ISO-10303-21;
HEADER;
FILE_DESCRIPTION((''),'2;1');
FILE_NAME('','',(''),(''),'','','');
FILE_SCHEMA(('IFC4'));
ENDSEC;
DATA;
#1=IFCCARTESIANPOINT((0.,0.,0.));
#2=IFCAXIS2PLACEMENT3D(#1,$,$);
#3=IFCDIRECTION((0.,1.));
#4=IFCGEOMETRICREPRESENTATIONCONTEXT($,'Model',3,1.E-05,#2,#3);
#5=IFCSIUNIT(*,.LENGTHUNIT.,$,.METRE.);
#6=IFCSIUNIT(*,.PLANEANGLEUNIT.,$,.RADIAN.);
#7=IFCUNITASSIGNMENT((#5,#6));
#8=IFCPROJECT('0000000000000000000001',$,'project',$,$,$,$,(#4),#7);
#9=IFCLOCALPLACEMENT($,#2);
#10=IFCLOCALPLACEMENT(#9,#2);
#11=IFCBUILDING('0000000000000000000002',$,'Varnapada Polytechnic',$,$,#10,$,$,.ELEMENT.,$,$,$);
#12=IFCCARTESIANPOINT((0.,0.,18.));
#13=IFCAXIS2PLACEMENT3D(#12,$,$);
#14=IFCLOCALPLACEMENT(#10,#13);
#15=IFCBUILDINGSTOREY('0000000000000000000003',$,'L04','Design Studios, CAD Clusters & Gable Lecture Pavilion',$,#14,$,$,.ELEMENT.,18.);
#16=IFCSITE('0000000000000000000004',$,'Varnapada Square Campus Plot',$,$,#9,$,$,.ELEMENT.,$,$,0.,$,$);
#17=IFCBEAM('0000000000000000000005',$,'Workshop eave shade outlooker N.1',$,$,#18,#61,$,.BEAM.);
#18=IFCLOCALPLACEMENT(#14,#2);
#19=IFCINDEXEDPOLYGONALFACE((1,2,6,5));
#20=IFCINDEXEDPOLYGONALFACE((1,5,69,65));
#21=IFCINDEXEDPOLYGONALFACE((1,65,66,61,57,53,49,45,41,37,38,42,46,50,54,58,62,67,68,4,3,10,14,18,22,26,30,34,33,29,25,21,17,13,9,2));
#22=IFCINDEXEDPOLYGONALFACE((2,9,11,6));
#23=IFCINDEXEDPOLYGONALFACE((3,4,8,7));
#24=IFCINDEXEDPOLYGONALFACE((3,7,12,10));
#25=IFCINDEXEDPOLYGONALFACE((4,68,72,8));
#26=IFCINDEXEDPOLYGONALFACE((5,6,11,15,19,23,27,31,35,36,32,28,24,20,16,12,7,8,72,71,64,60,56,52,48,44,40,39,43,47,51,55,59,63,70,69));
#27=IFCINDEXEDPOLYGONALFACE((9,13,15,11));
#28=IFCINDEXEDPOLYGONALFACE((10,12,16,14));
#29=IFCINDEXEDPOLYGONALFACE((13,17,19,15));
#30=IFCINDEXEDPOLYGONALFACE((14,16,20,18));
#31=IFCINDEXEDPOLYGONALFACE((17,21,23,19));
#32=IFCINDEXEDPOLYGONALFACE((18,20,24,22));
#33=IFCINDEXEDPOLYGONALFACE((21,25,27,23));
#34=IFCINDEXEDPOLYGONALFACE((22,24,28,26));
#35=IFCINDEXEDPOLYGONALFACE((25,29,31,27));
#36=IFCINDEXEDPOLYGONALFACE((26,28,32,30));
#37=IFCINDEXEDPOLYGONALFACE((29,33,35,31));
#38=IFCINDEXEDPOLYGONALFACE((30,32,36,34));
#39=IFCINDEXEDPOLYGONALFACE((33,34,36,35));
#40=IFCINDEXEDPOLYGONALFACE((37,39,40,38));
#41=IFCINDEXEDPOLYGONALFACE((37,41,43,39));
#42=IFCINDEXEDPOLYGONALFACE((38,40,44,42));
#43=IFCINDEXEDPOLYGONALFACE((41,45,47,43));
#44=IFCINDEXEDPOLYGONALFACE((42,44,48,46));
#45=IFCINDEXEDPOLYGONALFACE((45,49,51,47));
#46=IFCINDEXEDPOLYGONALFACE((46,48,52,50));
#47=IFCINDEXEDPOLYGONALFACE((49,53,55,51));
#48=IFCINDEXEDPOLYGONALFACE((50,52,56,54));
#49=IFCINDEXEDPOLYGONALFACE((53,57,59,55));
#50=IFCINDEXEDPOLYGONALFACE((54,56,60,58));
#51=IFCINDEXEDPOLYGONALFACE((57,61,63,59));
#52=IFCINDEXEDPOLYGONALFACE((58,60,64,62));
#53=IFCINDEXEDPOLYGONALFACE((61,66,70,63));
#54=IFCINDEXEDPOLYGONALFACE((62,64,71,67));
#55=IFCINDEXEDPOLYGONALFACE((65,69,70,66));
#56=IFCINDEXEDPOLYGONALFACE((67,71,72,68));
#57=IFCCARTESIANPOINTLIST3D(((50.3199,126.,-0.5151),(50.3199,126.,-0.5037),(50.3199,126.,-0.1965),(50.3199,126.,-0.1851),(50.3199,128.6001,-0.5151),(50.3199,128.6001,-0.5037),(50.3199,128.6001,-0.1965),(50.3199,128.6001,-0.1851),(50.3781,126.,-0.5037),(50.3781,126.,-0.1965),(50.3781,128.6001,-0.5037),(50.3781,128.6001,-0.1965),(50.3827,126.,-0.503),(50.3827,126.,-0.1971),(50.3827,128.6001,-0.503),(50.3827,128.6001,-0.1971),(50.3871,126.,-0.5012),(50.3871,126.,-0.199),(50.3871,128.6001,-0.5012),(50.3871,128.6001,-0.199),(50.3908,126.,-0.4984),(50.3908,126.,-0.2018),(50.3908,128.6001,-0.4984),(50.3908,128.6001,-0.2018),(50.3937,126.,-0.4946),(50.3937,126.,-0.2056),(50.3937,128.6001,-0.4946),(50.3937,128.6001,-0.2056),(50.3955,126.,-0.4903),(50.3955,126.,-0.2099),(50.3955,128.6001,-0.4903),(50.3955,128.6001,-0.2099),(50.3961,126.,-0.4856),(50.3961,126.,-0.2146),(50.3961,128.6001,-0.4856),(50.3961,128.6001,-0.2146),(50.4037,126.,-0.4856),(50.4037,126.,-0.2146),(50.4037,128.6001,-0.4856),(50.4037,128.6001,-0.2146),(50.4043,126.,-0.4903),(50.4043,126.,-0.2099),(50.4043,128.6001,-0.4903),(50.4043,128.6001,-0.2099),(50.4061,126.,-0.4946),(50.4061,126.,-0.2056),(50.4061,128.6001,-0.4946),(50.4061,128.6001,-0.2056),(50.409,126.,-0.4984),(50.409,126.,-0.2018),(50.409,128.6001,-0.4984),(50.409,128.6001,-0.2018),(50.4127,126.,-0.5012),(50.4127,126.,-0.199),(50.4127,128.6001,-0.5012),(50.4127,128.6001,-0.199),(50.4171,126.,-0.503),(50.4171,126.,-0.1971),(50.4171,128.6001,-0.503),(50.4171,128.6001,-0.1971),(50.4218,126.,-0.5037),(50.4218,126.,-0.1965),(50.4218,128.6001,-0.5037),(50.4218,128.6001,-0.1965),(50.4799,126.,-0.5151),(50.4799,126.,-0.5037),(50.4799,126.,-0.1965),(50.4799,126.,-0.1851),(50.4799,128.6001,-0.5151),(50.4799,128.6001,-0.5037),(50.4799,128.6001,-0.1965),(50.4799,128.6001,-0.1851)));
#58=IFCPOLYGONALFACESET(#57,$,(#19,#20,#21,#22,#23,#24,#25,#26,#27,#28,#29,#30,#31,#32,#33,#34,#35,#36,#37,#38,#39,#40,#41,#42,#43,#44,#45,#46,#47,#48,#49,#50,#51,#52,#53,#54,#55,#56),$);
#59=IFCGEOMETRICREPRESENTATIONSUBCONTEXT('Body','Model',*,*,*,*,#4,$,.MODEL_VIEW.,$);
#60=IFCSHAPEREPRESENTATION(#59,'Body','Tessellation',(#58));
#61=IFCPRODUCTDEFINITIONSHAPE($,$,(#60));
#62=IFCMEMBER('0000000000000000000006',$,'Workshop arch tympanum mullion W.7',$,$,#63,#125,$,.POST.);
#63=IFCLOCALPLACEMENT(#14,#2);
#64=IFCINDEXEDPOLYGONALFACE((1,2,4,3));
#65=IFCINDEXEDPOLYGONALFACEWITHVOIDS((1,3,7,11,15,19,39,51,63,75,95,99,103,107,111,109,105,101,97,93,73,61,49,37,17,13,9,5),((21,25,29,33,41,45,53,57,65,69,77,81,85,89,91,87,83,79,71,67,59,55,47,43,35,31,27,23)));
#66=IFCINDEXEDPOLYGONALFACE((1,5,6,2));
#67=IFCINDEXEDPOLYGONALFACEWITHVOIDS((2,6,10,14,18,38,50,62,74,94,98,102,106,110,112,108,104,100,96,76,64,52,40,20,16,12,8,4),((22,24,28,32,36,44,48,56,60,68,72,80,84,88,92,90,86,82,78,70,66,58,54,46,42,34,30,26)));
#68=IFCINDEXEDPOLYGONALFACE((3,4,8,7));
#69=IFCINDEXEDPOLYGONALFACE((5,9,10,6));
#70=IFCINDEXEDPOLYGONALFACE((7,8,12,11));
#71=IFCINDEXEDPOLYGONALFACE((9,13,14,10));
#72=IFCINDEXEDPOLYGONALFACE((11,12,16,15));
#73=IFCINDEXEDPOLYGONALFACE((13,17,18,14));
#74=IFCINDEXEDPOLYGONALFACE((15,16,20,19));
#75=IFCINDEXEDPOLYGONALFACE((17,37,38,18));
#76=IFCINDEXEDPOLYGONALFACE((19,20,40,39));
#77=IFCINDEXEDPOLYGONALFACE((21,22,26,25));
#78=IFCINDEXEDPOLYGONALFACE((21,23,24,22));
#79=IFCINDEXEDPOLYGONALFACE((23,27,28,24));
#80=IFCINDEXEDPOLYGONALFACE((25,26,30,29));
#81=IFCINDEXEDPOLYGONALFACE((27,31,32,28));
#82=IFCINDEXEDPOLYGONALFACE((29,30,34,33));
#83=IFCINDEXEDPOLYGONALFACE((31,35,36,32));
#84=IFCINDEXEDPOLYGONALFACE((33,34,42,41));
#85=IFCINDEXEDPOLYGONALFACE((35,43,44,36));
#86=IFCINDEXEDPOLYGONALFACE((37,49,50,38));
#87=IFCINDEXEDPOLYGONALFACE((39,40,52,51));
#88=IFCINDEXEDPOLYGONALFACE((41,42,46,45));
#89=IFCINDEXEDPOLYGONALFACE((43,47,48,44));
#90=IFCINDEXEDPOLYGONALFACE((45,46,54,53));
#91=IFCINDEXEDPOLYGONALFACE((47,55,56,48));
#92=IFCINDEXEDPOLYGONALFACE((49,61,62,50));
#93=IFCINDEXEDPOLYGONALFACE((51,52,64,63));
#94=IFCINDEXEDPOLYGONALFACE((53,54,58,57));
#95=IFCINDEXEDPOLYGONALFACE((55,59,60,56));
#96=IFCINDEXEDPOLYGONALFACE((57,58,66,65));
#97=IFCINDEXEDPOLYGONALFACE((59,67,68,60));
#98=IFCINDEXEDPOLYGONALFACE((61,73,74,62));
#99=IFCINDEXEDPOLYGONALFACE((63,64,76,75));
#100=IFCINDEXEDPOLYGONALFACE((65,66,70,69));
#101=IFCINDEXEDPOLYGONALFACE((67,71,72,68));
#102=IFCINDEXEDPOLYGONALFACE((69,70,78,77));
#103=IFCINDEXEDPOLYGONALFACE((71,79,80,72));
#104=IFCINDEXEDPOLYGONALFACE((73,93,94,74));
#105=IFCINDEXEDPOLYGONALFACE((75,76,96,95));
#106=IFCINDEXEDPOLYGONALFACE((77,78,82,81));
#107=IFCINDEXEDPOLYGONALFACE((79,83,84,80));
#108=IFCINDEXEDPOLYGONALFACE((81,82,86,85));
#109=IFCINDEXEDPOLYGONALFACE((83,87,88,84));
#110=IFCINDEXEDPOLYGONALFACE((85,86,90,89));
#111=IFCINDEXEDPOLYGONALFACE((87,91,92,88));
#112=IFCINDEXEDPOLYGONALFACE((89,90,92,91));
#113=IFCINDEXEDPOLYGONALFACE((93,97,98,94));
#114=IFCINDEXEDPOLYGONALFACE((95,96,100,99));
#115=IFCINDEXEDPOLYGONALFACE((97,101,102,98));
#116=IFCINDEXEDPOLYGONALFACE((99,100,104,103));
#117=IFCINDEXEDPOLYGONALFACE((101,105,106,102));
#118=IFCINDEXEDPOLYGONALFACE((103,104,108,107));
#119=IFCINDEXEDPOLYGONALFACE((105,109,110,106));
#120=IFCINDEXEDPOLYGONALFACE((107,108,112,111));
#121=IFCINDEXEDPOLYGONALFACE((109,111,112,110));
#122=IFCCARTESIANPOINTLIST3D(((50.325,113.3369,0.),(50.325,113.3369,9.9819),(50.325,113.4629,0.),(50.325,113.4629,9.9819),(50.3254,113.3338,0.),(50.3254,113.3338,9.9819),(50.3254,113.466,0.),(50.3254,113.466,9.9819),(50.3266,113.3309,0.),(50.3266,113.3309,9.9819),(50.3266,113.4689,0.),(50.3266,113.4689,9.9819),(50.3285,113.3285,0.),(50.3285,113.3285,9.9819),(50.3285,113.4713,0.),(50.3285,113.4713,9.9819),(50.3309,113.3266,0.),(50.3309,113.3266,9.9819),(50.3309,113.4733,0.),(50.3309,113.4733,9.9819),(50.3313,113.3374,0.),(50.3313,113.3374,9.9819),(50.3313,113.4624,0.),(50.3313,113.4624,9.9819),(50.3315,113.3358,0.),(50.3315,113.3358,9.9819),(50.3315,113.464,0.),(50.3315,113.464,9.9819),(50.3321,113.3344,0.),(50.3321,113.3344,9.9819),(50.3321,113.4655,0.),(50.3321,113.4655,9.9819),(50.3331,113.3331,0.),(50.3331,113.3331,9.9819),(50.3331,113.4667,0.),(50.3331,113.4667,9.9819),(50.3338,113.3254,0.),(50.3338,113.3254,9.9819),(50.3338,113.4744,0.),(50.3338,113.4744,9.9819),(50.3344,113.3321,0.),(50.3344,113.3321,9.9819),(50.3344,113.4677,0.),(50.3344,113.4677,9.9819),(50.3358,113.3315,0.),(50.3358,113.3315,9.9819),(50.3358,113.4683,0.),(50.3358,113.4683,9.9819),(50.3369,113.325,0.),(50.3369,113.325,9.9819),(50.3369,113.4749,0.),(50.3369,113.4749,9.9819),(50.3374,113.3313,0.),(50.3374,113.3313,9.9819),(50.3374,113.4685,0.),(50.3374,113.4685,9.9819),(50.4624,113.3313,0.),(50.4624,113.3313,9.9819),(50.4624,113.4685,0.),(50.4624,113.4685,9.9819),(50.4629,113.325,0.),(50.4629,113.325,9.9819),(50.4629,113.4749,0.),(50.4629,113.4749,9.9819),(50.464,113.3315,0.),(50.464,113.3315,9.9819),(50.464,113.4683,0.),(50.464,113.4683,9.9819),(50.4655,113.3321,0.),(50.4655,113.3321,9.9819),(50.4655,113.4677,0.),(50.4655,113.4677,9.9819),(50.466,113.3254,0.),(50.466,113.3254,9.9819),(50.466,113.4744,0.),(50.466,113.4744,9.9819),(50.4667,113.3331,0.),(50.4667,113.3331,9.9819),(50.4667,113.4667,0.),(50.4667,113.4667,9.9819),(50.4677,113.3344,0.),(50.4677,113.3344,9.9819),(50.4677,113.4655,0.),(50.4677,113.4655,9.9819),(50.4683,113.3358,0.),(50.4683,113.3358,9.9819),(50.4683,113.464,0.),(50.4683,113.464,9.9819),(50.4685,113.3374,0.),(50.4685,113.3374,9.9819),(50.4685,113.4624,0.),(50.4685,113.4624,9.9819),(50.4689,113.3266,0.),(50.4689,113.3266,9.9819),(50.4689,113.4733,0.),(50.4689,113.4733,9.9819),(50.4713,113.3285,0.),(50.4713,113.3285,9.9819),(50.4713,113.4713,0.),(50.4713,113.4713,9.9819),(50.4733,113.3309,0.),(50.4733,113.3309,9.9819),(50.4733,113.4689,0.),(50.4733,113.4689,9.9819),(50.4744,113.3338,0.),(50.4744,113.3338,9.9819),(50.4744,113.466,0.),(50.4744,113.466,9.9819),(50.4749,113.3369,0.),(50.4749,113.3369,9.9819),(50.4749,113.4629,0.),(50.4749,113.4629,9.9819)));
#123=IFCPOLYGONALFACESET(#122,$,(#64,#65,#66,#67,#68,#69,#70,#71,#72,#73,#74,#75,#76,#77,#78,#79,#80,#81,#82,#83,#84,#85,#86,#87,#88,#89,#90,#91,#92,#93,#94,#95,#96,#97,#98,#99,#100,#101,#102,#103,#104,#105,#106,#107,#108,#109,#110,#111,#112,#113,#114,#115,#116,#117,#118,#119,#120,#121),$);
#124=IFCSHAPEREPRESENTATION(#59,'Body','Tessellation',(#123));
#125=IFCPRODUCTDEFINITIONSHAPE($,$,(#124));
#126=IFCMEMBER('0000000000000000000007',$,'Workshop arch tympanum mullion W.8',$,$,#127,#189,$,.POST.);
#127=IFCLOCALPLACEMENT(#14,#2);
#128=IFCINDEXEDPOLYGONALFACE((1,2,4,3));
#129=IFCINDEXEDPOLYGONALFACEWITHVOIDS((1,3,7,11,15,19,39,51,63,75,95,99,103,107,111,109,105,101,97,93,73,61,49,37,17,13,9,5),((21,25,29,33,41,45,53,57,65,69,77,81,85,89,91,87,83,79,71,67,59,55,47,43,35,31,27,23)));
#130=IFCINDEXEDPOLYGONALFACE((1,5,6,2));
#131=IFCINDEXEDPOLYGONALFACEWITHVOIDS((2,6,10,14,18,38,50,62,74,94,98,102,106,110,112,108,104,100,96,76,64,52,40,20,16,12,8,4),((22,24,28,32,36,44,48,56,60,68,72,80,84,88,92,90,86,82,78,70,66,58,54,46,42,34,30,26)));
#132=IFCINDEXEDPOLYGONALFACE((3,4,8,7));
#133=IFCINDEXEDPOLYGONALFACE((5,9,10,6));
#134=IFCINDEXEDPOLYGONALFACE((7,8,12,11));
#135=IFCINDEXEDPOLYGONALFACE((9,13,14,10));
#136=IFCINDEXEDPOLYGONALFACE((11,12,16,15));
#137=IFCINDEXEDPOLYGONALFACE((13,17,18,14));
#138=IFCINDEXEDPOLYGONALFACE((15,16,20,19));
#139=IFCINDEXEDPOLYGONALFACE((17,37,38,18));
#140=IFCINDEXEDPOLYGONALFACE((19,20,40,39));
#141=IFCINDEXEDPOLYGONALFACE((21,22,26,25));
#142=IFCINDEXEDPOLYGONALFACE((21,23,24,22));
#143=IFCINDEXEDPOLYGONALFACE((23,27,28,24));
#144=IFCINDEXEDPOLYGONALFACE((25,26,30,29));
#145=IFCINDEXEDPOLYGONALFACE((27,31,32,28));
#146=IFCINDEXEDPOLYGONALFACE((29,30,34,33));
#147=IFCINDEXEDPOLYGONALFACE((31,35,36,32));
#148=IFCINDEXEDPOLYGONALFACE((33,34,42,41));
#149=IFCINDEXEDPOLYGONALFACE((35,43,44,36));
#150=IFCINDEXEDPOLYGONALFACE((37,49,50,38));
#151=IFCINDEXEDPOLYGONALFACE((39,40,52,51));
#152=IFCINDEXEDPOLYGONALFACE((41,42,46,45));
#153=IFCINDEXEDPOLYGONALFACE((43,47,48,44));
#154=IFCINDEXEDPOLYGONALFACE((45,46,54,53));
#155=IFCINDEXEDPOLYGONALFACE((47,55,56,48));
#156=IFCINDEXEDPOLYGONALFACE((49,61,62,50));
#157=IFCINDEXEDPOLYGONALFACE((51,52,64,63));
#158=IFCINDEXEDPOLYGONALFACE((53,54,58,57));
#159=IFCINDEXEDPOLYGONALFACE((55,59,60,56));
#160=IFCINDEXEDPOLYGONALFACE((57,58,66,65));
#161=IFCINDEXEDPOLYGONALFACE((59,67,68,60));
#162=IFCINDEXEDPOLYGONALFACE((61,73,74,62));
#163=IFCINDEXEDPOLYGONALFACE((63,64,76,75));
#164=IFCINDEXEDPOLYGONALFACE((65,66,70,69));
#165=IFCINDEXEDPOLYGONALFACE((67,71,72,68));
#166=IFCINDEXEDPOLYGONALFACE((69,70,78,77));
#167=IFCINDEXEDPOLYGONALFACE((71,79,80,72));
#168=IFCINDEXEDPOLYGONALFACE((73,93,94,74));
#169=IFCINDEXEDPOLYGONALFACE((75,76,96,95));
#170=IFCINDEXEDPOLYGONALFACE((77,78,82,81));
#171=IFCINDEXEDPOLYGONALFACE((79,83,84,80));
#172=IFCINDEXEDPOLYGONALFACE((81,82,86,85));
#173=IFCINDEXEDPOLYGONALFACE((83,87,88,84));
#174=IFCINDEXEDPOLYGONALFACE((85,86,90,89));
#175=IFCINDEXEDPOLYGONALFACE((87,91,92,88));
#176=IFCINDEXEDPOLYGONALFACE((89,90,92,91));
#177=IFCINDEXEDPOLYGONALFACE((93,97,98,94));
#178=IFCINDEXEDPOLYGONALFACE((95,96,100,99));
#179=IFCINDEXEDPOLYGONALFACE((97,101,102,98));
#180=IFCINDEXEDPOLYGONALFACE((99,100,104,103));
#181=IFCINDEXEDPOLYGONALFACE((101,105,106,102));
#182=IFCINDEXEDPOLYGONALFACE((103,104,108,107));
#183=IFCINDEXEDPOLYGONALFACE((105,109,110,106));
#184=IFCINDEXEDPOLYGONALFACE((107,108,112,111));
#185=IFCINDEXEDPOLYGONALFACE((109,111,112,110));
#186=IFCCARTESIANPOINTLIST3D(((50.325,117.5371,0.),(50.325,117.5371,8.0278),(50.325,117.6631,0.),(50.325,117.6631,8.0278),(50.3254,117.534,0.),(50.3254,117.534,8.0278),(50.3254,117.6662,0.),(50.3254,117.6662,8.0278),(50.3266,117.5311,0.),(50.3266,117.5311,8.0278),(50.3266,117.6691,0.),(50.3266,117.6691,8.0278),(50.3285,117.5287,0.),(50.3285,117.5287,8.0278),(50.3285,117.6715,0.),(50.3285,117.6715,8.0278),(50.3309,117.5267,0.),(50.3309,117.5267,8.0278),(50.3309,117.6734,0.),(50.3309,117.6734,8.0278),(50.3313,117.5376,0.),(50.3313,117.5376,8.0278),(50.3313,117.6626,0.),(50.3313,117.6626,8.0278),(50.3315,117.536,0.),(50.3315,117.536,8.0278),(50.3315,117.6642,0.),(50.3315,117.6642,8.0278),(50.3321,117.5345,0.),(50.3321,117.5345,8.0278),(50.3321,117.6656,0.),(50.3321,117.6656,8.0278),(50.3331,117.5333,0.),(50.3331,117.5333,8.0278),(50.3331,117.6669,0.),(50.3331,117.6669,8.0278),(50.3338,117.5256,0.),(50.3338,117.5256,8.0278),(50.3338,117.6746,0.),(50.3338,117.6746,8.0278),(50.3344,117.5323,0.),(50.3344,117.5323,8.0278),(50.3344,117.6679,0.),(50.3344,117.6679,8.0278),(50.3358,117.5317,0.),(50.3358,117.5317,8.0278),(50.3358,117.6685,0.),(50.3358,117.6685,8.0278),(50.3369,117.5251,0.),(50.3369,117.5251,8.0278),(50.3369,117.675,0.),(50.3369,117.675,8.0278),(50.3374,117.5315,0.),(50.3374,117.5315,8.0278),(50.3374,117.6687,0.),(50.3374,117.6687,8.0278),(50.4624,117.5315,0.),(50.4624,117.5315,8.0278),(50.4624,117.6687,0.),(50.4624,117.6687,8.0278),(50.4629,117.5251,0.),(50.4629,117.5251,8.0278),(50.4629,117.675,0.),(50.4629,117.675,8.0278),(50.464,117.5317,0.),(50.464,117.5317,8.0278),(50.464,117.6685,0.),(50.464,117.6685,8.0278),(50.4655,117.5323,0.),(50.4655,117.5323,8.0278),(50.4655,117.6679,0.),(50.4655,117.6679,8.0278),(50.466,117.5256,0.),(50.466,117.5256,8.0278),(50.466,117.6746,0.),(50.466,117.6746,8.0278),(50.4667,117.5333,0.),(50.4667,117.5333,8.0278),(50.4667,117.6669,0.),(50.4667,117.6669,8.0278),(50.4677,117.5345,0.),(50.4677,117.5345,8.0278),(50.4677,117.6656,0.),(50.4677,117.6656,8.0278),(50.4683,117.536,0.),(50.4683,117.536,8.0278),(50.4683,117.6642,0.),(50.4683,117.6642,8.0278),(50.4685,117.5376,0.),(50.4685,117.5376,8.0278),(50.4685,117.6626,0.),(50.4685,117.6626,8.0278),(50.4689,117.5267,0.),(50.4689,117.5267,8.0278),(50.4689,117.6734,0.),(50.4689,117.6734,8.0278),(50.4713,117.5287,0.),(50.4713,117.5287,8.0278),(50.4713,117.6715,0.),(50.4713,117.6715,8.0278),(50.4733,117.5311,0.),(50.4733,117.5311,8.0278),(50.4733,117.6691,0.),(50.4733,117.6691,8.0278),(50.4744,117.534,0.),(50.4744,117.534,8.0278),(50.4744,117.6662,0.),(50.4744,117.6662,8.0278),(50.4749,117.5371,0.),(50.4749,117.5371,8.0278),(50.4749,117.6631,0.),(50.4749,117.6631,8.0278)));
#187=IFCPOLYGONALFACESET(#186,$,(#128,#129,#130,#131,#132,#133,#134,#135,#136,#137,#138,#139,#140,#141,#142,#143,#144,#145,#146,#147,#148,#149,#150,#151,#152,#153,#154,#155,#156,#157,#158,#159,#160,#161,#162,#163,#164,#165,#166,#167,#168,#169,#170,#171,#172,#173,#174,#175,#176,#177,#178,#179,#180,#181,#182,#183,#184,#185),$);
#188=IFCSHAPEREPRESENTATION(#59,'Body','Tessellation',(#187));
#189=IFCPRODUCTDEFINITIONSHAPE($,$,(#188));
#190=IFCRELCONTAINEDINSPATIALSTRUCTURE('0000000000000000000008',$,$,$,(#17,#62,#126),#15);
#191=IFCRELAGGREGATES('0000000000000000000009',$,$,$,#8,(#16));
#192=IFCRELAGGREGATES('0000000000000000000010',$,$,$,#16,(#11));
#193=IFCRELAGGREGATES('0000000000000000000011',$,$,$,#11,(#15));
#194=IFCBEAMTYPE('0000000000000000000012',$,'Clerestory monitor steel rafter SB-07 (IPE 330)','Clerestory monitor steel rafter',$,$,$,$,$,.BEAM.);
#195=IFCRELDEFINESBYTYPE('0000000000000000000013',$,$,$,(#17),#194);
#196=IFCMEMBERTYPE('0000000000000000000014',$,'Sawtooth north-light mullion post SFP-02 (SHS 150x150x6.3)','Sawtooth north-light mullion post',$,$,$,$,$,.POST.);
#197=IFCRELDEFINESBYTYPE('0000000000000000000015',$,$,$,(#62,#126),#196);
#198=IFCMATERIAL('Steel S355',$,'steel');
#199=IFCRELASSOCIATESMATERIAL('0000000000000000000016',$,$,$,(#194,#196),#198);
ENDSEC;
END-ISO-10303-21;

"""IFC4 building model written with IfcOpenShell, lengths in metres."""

from ifc_helpers import new_model, si_unit, direction, frame, origin, origin_2d, place, context, subcontext, project, spatial, hollow_rectangle, i_section, extrude, material, material_profile, profile_set, type_object, element, save


model = new_model("IFC4")

# Units and contexts
model_context = context("Model", 3, precision=1e-05, world=origin(), true_north=direction((0.0, 1.0)))
body_context = subcontext(model_context, "Body", "Model", "MODEL_VIEW")
ifc_project = project(units=[si_unit("LENGTHUNIT", "METRE"), si_unit("PLANEANGLEUNIT", "RADIAN")], contexts=[model_context])

# Site, building, storey
site_placement = place(None, origin())
site = spatial("IfcSite", under=ifc_project, at=site_placement, Name="Varnapada Square Campus Plot", CompositionType="ELEMENT", RefElevation=0.0)
building_placement = place(site_placement, origin())
building = spatial("IfcBuilding", under=site, at=building_placement, Name="Varnapada Polytechnic", CompositionType="ELEMENT")
storey_placement = place(building_placement, frame((0.0, 0.0, 18.0)))
storey = spatial("IfcBuildingStorey", under=building, at=storey_placement, Name="L04", Description="Design Studios, CAD Clusters & Gable Lecture Pavilion", CompositionType="ELEMENT", Elevation=18.0)

# Beam
ifc_material = material(Name="Steel S355", Category="steel")
ifc_material_profile_1 = material_profile(ifc_material, i_section(OverallWidth=0.1599, OverallDepth=0.3301, WebThickness=0.0076, FlangeThickness=0.0115, FilletRadius=0.0181, at=origin_2d()), Name="IPE 330")
ifc_profile_set_1 = profile_set([ifc_material_profile_1], Name="Steel S355")
beam_type_1 = type_object("IfcBeamType", Name="Clerestory monitor steel rafter SB-07 (IPE 330)", Description="Clerestory monitor steel rafter", PredefinedType="BEAM", material=ifc_profile_set_1)
beam_1_placement = place(storey_placement, frame((50.3999, 126.0, -0.3501), z_axis=(0.0, 1.0, 0.0), x_axis=(-1.0, 0.0, 0.0)))
element("IfcBeam", 1, at=beam_1_placement, inside=storey, type_object=beam_type_1, Name="Workshop eave shade outlooker N.1", PredefinedType="BEAM", context=body_context, shape_type="SweptSolid", body=[
    extrude(i_section(OverallWidth=0.1599, OverallDepth=0.3301, WebThickness=0.0076, FlangeThickness=0.0115, FilletRadius=0.0181, at=origin_2d()), origin(), (0.0, 0.0, 1.0), 2.6001),
])

# Members
ifc_material_profile_2 = material_profile(ifc_material, hollow_rectangle(XDim=0.1499, YDim=0.1499, WallThickness=0.0063, InnerFilletRadius=0.0061, OuterFilletRadius=0.012, at=origin_2d()), Name="SHS 150x150x6.3")
ifc_profile_set_2 = profile_set([ifc_material_profile_2], Name="Steel S355")
member_type_1 = type_object("IfcMemberType", Name="Sawtooth north-light mullion post SFP-02 (SHS 150x150x6.3)", Description="Sawtooth north-light mullion post", PredefinedType="POST", material=ifc_profile_set_2)
member_1_placement = place(storey_placement, frame((50.3999, 113.3999, 0.0), z_axis=(0.0, 0.0, 1.0), x_axis=(1.0, 0.0, 0.0)))
element("IfcMember", 2, at=member_1_placement, inside=storey, type_object=member_type_1, Name="Workshop arch tympanum mullion W.7", PredefinedType="POST", context=body_context, shape_type="SweptSolid", body=[
    extrude(hollow_rectangle(XDim=0.1499, YDim=0.1499, WallThickness=0.0063, InnerFilletRadius=0.0061, OuterFilletRadius=0.012, at=origin_2d()), origin(), (0.0, 0.0, 1.0), 9.9819),
])
member_2_placement = place(storey_placement, frame((50.3999, 117.6001, 0.0), z_axis=(0.0, 0.0, 1.0), x_axis=(1.0, 0.0, 0.0)))
element("IfcMember", 3, at=member_2_placement, inside=storey, type_object=member_type_1, Name="Workshop arch tympanum mullion W.8", PredefinedType="POST", context=body_context, shape_type="SweptSolid", body=[
    extrude(hollow_rectangle(XDim=0.1499, YDim=0.1499, WallThickness=0.0063, InnerFilletRadius=0.0061, OuterFilletRadius=0.012, at=origin_2d()), origin(), (0.0, 0.0, 1.0), 8.0278),
])

save(model, "model.ifc")
